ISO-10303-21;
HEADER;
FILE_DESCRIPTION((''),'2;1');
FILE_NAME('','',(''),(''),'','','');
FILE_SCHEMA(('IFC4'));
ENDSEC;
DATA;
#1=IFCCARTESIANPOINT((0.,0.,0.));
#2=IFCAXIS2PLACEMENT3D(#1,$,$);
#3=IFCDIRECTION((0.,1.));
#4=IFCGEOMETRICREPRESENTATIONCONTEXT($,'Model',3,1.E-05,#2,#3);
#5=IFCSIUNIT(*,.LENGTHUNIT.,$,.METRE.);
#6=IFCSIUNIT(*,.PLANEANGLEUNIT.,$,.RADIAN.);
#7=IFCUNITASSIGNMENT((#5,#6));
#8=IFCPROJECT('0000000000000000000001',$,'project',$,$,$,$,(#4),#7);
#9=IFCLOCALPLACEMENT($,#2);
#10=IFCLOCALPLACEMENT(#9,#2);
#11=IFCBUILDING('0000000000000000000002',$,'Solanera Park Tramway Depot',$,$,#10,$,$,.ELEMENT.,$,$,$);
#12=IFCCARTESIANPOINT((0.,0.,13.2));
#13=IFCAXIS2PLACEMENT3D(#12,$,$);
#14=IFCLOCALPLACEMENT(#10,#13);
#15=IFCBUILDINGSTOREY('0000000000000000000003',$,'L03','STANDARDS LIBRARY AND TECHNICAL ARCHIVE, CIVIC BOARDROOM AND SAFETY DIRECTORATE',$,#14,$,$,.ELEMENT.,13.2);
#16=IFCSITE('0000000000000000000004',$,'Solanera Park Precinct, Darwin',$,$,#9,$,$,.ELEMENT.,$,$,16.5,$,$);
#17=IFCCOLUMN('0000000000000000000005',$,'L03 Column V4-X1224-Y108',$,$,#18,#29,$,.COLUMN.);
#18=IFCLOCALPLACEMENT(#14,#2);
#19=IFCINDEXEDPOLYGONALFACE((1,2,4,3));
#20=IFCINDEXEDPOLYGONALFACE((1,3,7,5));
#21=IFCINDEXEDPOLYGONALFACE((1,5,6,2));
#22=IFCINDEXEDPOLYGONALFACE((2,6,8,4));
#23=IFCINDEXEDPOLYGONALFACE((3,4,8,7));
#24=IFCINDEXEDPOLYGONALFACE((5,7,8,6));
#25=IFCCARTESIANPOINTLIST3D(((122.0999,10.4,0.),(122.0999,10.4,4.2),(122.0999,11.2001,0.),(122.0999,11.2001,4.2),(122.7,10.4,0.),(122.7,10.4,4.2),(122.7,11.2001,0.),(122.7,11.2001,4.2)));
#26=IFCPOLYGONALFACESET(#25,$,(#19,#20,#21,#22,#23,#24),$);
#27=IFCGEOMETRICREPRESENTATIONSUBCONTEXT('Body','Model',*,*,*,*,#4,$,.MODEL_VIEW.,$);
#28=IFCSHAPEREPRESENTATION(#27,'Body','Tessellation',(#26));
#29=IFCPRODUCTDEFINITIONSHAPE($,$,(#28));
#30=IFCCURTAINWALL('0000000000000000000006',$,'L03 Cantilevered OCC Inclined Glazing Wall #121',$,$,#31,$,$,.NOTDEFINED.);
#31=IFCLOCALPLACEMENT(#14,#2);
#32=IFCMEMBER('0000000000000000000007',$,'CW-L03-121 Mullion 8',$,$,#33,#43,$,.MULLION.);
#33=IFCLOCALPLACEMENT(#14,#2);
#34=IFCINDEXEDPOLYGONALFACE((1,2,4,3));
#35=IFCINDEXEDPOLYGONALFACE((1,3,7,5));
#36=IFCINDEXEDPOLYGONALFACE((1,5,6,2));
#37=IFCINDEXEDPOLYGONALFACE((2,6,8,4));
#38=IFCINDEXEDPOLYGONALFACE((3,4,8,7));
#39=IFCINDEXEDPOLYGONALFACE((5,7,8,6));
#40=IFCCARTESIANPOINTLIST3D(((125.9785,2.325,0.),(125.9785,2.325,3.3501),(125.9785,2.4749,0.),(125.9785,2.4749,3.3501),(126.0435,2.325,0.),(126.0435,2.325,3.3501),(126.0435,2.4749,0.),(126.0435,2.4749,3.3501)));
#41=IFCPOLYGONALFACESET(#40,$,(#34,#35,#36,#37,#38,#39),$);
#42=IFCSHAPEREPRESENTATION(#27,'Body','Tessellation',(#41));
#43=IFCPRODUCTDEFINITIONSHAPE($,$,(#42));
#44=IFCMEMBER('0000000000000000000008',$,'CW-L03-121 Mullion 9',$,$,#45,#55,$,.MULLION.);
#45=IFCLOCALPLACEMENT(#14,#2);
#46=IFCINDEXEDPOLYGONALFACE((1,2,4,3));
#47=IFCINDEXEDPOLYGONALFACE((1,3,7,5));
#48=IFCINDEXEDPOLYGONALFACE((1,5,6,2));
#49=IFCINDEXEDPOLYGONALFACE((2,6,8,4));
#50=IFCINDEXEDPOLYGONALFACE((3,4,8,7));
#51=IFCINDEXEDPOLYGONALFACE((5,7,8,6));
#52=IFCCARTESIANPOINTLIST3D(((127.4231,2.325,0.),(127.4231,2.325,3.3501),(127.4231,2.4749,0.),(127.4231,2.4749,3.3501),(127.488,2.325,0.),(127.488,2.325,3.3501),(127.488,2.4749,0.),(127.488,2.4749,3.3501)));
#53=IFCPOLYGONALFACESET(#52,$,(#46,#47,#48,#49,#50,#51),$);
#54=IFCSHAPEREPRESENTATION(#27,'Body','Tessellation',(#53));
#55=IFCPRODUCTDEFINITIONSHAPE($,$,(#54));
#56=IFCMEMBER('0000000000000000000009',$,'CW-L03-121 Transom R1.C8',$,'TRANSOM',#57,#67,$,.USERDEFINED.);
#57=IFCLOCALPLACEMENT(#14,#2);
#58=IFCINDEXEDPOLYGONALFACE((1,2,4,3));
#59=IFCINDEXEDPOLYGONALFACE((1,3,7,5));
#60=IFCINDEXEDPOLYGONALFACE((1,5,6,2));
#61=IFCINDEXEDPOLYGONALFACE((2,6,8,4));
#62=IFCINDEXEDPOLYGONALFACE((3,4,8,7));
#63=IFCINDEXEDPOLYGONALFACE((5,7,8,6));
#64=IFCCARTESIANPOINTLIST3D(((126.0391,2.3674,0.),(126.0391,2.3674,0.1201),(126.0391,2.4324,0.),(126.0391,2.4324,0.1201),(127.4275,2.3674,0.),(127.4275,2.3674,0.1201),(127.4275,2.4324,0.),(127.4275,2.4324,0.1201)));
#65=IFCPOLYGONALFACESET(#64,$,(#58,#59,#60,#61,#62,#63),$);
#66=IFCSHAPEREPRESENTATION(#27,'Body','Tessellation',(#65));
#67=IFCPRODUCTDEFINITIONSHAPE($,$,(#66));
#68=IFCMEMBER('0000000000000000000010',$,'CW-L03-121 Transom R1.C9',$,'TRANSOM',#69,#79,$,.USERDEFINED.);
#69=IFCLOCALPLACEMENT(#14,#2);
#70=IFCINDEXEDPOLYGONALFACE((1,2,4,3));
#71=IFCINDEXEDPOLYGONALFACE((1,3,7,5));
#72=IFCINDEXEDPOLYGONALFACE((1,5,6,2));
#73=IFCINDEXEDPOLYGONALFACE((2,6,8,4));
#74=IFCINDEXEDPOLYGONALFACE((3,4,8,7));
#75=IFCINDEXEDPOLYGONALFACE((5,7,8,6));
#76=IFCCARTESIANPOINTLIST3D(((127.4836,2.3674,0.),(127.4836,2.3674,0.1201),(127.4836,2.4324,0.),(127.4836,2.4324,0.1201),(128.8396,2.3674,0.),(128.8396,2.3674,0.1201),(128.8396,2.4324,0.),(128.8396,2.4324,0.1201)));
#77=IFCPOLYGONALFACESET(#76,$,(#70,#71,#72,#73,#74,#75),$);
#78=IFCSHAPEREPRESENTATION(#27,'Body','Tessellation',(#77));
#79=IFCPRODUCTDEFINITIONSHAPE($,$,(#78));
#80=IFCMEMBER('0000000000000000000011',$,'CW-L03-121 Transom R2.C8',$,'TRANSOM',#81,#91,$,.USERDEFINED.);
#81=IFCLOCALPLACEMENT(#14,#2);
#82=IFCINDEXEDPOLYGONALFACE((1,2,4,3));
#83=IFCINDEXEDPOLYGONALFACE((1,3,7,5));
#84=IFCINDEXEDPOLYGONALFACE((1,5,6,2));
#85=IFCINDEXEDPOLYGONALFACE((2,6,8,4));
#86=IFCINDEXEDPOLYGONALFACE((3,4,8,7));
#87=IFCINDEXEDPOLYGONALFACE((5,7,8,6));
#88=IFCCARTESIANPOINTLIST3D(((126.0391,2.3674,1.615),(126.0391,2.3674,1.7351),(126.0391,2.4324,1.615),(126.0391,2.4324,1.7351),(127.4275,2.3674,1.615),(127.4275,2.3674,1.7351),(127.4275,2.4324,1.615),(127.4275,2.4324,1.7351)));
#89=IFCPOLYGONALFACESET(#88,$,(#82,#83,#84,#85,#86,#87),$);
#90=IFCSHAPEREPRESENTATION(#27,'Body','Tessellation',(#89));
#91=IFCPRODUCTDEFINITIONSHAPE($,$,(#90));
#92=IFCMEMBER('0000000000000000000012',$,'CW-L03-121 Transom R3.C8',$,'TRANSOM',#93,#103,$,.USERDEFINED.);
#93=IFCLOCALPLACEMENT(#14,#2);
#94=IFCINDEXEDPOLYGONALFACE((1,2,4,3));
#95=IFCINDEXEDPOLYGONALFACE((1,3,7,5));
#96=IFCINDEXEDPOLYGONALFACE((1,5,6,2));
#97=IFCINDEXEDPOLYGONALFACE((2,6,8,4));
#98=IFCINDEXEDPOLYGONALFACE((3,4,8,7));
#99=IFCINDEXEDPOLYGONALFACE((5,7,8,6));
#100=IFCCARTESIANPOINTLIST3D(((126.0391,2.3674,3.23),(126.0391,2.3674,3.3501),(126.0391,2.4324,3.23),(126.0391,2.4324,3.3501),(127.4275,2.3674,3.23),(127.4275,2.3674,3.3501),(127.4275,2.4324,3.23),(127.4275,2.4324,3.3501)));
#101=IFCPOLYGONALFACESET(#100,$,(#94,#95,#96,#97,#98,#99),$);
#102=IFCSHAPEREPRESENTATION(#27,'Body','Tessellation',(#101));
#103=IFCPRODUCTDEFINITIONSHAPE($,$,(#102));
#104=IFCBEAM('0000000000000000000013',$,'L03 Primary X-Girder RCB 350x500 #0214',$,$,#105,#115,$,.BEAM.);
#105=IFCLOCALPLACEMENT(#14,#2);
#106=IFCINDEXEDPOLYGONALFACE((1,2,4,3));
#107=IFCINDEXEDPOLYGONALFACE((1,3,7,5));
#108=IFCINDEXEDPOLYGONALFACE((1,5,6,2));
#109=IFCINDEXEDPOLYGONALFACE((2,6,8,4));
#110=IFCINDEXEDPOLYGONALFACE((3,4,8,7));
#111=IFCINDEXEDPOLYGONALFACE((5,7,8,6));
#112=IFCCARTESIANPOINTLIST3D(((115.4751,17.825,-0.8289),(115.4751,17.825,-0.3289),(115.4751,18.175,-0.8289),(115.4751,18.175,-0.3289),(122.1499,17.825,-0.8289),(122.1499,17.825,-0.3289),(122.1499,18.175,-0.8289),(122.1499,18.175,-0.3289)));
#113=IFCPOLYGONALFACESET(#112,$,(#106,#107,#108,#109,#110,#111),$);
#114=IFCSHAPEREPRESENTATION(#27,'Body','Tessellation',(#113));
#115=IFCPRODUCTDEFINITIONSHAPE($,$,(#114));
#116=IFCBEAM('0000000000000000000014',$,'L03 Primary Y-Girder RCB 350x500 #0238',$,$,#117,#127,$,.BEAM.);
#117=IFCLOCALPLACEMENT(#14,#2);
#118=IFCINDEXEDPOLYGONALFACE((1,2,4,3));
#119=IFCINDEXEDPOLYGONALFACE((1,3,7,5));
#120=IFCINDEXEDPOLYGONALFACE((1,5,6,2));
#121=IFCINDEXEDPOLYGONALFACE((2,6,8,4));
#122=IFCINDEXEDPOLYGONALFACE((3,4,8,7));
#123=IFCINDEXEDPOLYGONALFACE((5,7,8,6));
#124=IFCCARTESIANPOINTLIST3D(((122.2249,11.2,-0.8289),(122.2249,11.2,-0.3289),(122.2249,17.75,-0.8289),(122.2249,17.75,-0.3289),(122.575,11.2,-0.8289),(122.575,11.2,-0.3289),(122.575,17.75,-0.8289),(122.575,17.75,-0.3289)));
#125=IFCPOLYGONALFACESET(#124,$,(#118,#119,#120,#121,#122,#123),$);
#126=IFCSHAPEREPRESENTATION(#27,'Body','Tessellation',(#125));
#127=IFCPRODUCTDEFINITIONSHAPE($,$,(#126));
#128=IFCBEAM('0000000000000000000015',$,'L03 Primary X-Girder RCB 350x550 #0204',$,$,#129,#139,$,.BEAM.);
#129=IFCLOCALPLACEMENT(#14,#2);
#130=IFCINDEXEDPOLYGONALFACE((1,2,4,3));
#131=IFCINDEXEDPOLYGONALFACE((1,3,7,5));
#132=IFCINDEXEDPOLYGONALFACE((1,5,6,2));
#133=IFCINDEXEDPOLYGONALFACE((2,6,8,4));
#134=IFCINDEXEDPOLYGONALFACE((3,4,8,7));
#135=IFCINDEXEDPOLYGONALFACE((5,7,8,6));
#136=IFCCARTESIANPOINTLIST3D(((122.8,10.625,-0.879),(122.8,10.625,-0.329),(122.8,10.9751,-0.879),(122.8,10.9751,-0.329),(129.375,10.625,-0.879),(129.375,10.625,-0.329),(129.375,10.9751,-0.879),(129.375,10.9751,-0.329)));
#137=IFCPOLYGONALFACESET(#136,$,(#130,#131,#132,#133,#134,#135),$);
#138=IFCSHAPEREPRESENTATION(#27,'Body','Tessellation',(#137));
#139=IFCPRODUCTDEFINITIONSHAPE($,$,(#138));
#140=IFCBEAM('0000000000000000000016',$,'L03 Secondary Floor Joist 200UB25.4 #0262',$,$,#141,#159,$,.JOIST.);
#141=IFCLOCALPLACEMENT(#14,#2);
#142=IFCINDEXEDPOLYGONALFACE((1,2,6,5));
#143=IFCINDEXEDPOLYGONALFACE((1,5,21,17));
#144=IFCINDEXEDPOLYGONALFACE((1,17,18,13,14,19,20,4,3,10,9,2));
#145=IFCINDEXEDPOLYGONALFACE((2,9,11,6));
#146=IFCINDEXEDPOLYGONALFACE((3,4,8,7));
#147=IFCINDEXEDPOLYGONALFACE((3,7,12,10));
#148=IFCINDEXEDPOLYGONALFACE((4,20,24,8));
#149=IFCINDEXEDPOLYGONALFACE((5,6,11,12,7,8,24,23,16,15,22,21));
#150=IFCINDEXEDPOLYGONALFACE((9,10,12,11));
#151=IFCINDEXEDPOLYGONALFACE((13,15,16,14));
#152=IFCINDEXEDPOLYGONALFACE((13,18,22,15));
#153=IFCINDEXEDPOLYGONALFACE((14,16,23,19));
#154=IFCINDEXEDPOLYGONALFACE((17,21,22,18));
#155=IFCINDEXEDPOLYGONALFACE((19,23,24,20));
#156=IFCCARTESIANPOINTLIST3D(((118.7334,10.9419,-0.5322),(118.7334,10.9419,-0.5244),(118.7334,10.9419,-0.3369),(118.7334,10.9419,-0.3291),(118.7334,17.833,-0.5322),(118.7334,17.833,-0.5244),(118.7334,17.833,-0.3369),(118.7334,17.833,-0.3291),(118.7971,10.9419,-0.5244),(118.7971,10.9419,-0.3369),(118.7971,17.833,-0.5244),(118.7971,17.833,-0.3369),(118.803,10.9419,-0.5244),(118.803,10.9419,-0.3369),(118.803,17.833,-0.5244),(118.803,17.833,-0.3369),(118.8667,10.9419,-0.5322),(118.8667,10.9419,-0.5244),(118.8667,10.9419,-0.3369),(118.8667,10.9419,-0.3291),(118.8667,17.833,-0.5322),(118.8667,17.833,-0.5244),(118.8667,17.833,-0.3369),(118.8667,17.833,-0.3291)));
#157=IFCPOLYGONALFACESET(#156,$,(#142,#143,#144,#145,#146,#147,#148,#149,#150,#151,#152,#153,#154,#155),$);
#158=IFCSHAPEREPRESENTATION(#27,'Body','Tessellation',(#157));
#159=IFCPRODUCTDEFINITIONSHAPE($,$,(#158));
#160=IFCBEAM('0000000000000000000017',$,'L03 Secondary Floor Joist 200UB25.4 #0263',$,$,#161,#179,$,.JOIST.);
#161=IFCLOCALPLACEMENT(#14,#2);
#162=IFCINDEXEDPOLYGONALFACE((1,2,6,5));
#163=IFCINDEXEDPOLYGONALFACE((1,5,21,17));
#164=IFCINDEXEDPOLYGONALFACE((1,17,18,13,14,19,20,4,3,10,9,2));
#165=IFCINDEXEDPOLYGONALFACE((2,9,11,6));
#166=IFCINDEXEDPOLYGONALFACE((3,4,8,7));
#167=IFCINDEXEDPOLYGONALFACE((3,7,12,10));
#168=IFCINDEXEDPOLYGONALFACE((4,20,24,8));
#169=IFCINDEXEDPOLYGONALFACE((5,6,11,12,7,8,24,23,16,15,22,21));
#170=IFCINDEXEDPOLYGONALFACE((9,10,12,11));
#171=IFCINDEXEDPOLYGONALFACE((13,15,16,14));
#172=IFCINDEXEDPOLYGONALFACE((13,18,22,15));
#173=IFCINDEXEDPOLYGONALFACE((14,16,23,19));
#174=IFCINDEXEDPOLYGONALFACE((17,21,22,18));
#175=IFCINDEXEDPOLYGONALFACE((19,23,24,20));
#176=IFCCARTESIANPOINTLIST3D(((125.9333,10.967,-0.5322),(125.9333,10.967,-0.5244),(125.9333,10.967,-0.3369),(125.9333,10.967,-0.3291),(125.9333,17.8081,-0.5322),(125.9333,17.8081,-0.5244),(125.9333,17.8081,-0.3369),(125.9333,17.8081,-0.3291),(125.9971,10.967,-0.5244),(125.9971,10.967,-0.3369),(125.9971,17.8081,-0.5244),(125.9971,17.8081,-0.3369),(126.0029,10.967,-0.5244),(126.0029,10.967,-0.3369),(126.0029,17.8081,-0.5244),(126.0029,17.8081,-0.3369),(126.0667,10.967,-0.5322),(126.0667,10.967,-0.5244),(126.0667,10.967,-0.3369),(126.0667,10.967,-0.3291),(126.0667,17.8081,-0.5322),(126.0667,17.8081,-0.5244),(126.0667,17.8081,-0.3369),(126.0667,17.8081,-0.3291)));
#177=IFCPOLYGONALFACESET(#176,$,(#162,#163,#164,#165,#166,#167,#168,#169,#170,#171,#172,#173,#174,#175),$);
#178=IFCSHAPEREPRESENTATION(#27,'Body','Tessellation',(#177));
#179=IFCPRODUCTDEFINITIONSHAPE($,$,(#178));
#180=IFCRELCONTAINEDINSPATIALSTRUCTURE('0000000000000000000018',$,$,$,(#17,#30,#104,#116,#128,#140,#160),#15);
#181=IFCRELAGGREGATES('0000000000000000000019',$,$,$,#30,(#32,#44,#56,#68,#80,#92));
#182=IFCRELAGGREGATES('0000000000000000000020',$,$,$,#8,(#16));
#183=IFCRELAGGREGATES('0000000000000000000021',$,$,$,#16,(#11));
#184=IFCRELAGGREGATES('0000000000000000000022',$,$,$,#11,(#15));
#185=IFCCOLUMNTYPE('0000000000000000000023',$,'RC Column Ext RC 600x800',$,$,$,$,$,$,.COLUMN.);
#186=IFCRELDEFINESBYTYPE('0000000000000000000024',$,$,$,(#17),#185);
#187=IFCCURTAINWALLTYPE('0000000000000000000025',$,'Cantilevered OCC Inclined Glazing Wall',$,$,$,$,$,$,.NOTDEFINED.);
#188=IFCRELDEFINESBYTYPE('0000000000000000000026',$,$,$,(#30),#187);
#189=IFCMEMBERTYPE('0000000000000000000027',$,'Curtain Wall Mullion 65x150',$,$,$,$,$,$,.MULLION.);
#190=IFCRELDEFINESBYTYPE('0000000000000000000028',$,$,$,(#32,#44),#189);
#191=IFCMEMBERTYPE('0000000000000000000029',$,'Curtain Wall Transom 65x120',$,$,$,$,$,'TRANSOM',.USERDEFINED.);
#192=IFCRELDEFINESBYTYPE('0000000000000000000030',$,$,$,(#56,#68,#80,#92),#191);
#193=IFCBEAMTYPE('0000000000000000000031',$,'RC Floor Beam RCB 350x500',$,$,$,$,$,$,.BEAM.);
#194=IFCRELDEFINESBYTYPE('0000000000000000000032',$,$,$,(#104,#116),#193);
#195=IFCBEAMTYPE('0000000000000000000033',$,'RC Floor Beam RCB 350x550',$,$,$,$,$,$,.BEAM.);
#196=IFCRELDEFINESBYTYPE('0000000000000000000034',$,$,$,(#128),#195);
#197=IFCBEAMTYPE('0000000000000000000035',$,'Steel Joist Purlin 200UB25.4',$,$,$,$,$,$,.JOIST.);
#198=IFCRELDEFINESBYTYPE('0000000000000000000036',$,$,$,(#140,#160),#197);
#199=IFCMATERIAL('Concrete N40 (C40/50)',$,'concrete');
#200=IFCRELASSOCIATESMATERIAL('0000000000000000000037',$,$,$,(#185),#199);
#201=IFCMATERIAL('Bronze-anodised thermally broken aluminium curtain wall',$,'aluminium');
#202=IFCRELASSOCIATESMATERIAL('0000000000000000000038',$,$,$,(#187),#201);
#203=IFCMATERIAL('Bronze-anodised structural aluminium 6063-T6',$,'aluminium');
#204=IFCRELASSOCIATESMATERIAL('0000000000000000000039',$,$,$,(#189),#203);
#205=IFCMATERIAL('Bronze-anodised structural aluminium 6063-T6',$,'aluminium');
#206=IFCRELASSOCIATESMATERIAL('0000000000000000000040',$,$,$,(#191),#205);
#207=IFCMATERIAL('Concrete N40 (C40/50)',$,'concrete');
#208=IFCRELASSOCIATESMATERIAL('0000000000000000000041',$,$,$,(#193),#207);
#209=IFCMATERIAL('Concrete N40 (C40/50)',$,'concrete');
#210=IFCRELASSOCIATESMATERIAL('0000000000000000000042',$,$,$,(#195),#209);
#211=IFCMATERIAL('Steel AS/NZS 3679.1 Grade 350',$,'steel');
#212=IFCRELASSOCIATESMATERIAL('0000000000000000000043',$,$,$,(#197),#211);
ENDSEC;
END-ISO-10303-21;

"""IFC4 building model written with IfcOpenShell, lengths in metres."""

from ifc_helpers import new_model, si_unit, direction, frame, origin, origin_2d, place, context, subcontext, project, spatial, rectangle, i_section, extrude, material, material_profile, profile_set, type_object, element, aggregate, save


model = new_model("IFC4")

# Units and contexts
model_context = context("Model", 3, precision=1e-05, world=origin(), true_north=direction((0.0, 1.0)))
body_context = subcontext(model_context, "Body", "Model", "MODEL_VIEW")
ifc_project = project(units=[si_unit("LENGTHUNIT", "METRE"), si_unit("PLANEANGLEUNIT", "RADIAN")], contexts=[model_context])

# Site, building, storey
site_placement = place(None, origin())
site = spatial("IfcSite", under=ifc_project, at=site_placement, Name="Solanera Park Precinct, Darwin", CompositionType="ELEMENT", RefElevation=16.5)
building_placement = place(site_placement, origin())
building = spatial("IfcBuilding", under=site, at=building_placement, Name="Solanera Park Tramway Depot", CompositionType="ELEMENT")
storey_placement = place(building_placement, frame((0.0, 0.0, 13.2)))
storey = spatial("IfcBuildingStorey", under=building, at=storey_placement, Name="L03", Description="STANDARDS LIBRARY AND TECHNICAL ARCHIVE, CIVIC BOARDROOM AND SAFETY DIRECTORATE", CompositionType="ELEMENT", Elevation=13.2)

# Column
ifc_material_1 = material(Name="Concrete N40 (C40/50)", Category="concrete")
ifc_material_profile_1 = material_profile(ifc_material_1, rectangle(XDim=0.6001, YDim=0.8, at=origin_2d()), Name="RC 600x800")
ifc_profile_set_1 = profile_set([ifc_material_profile_1], Name="Concrete N40 (C40/50)")
column_type = type_object("IfcColumnType", Name="RC Column Ext RC 600x800", PredefinedType="COLUMN", material=ifc_profile_set_1)
column_placement = place(storey_placement, frame((122.3999, 10.8, 0.0), z_axis=(0.0, 0.0, 1.0), x_axis=(1.0, 0.0, 0.0)))
element("IfcColumn", 1, at=column_placement, inside=storey, type_object=column_type, Name="L03 Column V4-X1224-Y108", PredefinedType="COLUMN", context=body_context, shape_type="SweptSolid", body=[
    extrude(rectangle(XDim=0.6001, YDim=0.8, at=origin_2d()), origin(), (0.0, 0.0, 1.0), 4.2),
])

# Curtain wall, members
ifc_material_2 = material(Name="Bronze-anodised thermally broken aluminium curtain wall", Category="aluminium")
curtain_wall_type = type_object("IfcCurtainWallType", Name="Cantilevered OCC Inclined Glazing Wall", PredefinedType="NOTDEFINED", material=ifc_material_2)
curtain_wall_placement = place(storey_placement, origin())
curtain_wall = element("IfcCurtainWall", 2, at=curtain_wall_placement, inside=storey, type_object=curtain_wall_type, Name="L03 Cantilevered OCC Inclined Glazing Wall #121", PredefinedType="NOTDEFINED")
ifc_material_3 = material(Name="Bronze-anodised structural aluminium 6063-T6", Category="aluminium")
ifc_material_profile_2 = material_profile(ifc_material_3, rectangle(XDim=0.0649, YDim=0.1499, at=origin_2d()), Name="Curtain Wall Mullion 65x150")
ifc_profile_set_2 = profile_set([ifc_material_profile_2], Name="Bronze-anodised structural aluminium 6063-T6")
member_type_1 = type_object("IfcMemberType", Name="Curtain Wall Mullion 65x150", PredefinedType="MULLION", material=ifc_profile_set_2)
member_1_placement = place(storey_placement, frame((126.011, 2.3999, 0.0), z_axis=(0.0, 0.0, 1.0), x_axis=(1.0, 0.0, 0.0)))
member_1 = element("IfcMember", 3, at=member_1_placement, type_object=member_type_1, Name="CW-L03-121 Mullion 8", PredefinedType="MULLION", context=body_context, shape_type="SweptSolid", body=[
    extrude(rectangle(XDim=0.0649, YDim=0.1499, at=origin_2d()), origin(), (0.0, 0.0, 1.0), 3.3501),
])
member_2_placement = place(storey_placement, frame((127.4556, 2.3999, 0.0), z_axis=(0.0, 0.0, 1.0), x_axis=(1.0, 0.0, 0.0)))
member_2 = element("IfcMember", 4, at=member_2_placement, type_object=member_type_1, Name="CW-L03-121 Mullion 9", PredefinedType="MULLION", context=body_context, shape_type="SweptSolid", body=[
    extrude(rectangle(XDim=0.0649, YDim=0.1499, at=origin_2d()), origin(), (0.0, 0.0, 1.0), 3.3501),
])
ifc_material_4 = material(Name="Bronze-anodised structural aluminium 6063-T6", Category="aluminium")
ifc_material_profile_3 = material_profile(ifc_material_4, rectangle(XDim=0.0649, YDim=0.1201, at=origin_2d()), Name="Curtain Wall Transom 65x120")
ifc_profile_set_3 = profile_set([ifc_material_profile_3], Name="Bronze-anodised structural aluminium 6063-T6")
member_type_2 = type_object("IfcMemberType", Name="Curtain Wall Transom 65x120", ElementType="TRANSOM", PredefinedType="USERDEFINED", material=ifc_profile_set_3)
member_3_placement = place(storey_placement, frame((126.0391, 2.3999, 0.0601), z_axis=(1.0, 0.0, 0.0), x_axis=(0.0, 1.0, 0.0)))
member_3 = element("IfcMember", 5, at=member_3_placement, type_object=member_type_2, Name="CW-L03-121 Transom R1.C8", ObjectType="TRANSOM", PredefinedType="USERDEFINED", context=body_context, shape_type="SweptSolid", body=[
    extrude(rectangle(XDim=0.0649, YDim=0.1201, at=origin_2d()), origin(), (0.0, 0.0, 1.0), 1.3884),
])
member_4_placement = place(storey_placement, frame((127.4836, 2.3999, 0.0601), z_axis=(1.0, 0.0, 0.0), x_axis=(0.0, 1.0, 0.0)))
member_4 = element("IfcMember", 6, at=member_4_placement, type_object=member_type_2, Name="CW-L03-121 Transom R1.C9", ObjectType="TRANSOM", PredefinedType="USERDEFINED", context=body_context, shape_type="SweptSolid", body=[
    extrude(rectangle(XDim=0.0649, YDim=0.1201, at=origin_2d()), origin(), (0.0, 0.0, 1.0), 1.356),
])
member_5_placement = place(storey_placement, frame((126.0391, 2.3999, 1.675), z_axis=(1.0, 0.0, 0.0), x_axis=(0.0, 1.0, 0.0)))
member_5 = element("IfcMember", 7, at=member_5_placement, type_object=member_type_2, Name="CW-L03-121 Transom R2.C8", ObjectType="TRANSOM", PredefinedType="USERDEFINED", context=body_context, shape_type="SweptSolid", body=[
    extrude(rectangle(XDim=0.0649, YDim=0.1201, at=origin_2d()), origin(), (0.0, 0.0, 1.0), 1.3884),
])
member_6_placement = place(storey_placement, frame((126.0391, 2.3999, 3.29), z_axis=(1.0, 0.0, 0.0), x_axis=(0.0, 1.0, 0.0)))
member_6 = element("IfcMember", 8, at=member_6_placement, type_object=member_type_2, Name="CW-L03-121 Transom R3.C8", ObjectType="TRANSOM", PredefinedType="USERDEFINED", context=body_context, shape_type="SweptSolid", body=[
    extrude(rectangle(XDim=0.0649, YDim=0.1201, at=origin_2d()), origin(), (0.0, 0.0, 1.0), 1.3884),
])

# Beams
ifc_material_5 = material(Name="Concrete N40 (C40/50)", Category="concrete")
ifc_material_profile_4 = material_profile(ifc_material_5, rectangle(XDim=0.3501, YDim=0.5, at=origin_2d()), Name="RCB 350x500")
ifc_profile_set_4 = profile_set([ifc_material_profile_4], Name="Concrete N40 (C40/50)")
beam_type_1 = type_object("IfcBeamType", Name="RC Floor Beam RCB 350x500", PredefinedType="BEAM", material=ifc_profile_set_4)
beam_1_placement = place(storey_placement, frame((115.4751, 18.0, -0.5789), z_axis=(1.0, 0.0, 0.0), x_axis=(0.0, 1.0, 0.0)))
element("IfcBeam", 9, at=beam_1_placement, inside=storey, type_object=beam_type_1, Name="L03 Primary X-Girder RCB 350x500 #0214", PredefinedType="BEAM", context=body_context, shape_type="SweptSolid", body=[
    extrude(rectangle(XDim=0.3501, YDim=0.5, at=origin_2d()), origin(), (0.0, 0.0, 1.0), 6.6748),
])
beam_2_placement = place(storey_placement, frame((122.3999, 11.2, -0.5789), z_axis=(0.0, 1.0, 0.0), x_axis=(-1.0, 0.0, 0.0)))
element("IfcBeam", 10, at=beam_2_placement, inside=storey, type_object=beam_type_1, Name="L03 Primary Y-Girder RCB 350x500 #0238", PredefinedType="BEAM", context=body_context, shape_type="SweptSolid", body=[
    extrude(rectangle(XDim=0.3501, YDim=0.5, at=origin_2d()), origin(), (0.0, 0.0, 1.0), 6.55),
])
ifc_material_6 = material(Name="Concrete N40 (C40/50)", Category="concrete")
ifc_material_profile_5 = material_profile(ifc_material_6, rectangle(XDim=0.3501, YDim=0.55, at=origin_2d()), Name="RCB 350x550")
ifc_profile_set_5 = profile_set([ifc_material_profile_5], Name="Concrete N40 (C40/50)")
beam_type_2 = type_object("IfcBeamType", Name="RC Floor Beam RCB 350x550", PredefinedType="BEAM", material=ifc_profile_set_5)
beam_3_placement = place(storey_placement, frame((122.8, 10.8, -0.604), z_axis=(1.0, 0.0, 0.0), x_axis=(0.0, 1.0, 0.0)))
element("IfcBeam", 11, at=beam_3_placement, inside=storey, type_object=beam_type_2, Name="L03 Primary X-Girder RCB 350x550 #0204", PredefinedType="BEAM", context=body_context, shape_type="SweptSolid", body=[
    extrude(rectangle(XDim=0.3501, YDim=0.55, at=origin_2d()), origin(), (0.0, 0.0, 1.0), 6.575),
])
ifc_material_7 = material(Name="Steel AS/NZS 3679.1 Grade 350", Category="steel")
ifc_material_profile_6 = material_profile(ifc_material_7, i_section(OverallWidth=0.1333, OverallDepth=0.2031, WebThickness=0.0059, FlangeThickness=0.0078, at=origin_2d()), Name="200UB25.4")
ifc_profile_set_6 = profile_set([ifc_material_profile_6], Name="Steel AS/NZS 3679.1 Grade 350")
beam_type_3 = type_object("IfcBeamType", Name="Steel Joist Purlin 200UB25.4", PredefinedType="JOIST", material=ifc_profile_set_6)
beam_4_placement = place(storey_placement, frame((118.8, 10.9419, -0.4307), z_axis=(0.0, 1.0, 0.0), x_axis=(-1.0, 0.0, 0.0)))
element("IfcBeam", 12, at=beam_4_placement, inside=storey, type_object=beam_type_3, Name="L03 Secondary Floor Joist 200UB25.4 #0262", PredefinedType="JOIST", context=body_context, shape_type="SweptSolid", body=[
    extrude(i_section(OverallWidth=0.1333, OverallDepth=0.2031, WebThickness=0.0059, FlangeThickness=0.0078, at=origin_2d()), origin(), (0.0, 0.0, 1.0), 6.8911),
])
beam_5_placement = place(storey_placement, frame((126.0, 10.967, -0.4307), z_axis=(0.0, 1.0, 0.0), x_axis=(-1.0, 0.0, 0.0)))
element("IfcBeam", 13, at=beam_5_placement, inside=storey, type_object=beam_type_3, Name="L03 Secondary Floor Joist 200UB25.4 #0263", PredefinedType="JOIST", context=body_context, shape_type="SweptSolid", body=[
    extrude(i_section(OverallWidth=0.1333, OverallDepth=0.2031, WebThickness=0.0059, FlangeThickness=0.0078, at=origin_2d()), origin(), (0.0, 0.0, 1.0), 6.8411),
])

aggregate(curtain_wall, [member_1, member_2, member_3, member_4, member_5, member_6])

save(model, "model.ifc")
